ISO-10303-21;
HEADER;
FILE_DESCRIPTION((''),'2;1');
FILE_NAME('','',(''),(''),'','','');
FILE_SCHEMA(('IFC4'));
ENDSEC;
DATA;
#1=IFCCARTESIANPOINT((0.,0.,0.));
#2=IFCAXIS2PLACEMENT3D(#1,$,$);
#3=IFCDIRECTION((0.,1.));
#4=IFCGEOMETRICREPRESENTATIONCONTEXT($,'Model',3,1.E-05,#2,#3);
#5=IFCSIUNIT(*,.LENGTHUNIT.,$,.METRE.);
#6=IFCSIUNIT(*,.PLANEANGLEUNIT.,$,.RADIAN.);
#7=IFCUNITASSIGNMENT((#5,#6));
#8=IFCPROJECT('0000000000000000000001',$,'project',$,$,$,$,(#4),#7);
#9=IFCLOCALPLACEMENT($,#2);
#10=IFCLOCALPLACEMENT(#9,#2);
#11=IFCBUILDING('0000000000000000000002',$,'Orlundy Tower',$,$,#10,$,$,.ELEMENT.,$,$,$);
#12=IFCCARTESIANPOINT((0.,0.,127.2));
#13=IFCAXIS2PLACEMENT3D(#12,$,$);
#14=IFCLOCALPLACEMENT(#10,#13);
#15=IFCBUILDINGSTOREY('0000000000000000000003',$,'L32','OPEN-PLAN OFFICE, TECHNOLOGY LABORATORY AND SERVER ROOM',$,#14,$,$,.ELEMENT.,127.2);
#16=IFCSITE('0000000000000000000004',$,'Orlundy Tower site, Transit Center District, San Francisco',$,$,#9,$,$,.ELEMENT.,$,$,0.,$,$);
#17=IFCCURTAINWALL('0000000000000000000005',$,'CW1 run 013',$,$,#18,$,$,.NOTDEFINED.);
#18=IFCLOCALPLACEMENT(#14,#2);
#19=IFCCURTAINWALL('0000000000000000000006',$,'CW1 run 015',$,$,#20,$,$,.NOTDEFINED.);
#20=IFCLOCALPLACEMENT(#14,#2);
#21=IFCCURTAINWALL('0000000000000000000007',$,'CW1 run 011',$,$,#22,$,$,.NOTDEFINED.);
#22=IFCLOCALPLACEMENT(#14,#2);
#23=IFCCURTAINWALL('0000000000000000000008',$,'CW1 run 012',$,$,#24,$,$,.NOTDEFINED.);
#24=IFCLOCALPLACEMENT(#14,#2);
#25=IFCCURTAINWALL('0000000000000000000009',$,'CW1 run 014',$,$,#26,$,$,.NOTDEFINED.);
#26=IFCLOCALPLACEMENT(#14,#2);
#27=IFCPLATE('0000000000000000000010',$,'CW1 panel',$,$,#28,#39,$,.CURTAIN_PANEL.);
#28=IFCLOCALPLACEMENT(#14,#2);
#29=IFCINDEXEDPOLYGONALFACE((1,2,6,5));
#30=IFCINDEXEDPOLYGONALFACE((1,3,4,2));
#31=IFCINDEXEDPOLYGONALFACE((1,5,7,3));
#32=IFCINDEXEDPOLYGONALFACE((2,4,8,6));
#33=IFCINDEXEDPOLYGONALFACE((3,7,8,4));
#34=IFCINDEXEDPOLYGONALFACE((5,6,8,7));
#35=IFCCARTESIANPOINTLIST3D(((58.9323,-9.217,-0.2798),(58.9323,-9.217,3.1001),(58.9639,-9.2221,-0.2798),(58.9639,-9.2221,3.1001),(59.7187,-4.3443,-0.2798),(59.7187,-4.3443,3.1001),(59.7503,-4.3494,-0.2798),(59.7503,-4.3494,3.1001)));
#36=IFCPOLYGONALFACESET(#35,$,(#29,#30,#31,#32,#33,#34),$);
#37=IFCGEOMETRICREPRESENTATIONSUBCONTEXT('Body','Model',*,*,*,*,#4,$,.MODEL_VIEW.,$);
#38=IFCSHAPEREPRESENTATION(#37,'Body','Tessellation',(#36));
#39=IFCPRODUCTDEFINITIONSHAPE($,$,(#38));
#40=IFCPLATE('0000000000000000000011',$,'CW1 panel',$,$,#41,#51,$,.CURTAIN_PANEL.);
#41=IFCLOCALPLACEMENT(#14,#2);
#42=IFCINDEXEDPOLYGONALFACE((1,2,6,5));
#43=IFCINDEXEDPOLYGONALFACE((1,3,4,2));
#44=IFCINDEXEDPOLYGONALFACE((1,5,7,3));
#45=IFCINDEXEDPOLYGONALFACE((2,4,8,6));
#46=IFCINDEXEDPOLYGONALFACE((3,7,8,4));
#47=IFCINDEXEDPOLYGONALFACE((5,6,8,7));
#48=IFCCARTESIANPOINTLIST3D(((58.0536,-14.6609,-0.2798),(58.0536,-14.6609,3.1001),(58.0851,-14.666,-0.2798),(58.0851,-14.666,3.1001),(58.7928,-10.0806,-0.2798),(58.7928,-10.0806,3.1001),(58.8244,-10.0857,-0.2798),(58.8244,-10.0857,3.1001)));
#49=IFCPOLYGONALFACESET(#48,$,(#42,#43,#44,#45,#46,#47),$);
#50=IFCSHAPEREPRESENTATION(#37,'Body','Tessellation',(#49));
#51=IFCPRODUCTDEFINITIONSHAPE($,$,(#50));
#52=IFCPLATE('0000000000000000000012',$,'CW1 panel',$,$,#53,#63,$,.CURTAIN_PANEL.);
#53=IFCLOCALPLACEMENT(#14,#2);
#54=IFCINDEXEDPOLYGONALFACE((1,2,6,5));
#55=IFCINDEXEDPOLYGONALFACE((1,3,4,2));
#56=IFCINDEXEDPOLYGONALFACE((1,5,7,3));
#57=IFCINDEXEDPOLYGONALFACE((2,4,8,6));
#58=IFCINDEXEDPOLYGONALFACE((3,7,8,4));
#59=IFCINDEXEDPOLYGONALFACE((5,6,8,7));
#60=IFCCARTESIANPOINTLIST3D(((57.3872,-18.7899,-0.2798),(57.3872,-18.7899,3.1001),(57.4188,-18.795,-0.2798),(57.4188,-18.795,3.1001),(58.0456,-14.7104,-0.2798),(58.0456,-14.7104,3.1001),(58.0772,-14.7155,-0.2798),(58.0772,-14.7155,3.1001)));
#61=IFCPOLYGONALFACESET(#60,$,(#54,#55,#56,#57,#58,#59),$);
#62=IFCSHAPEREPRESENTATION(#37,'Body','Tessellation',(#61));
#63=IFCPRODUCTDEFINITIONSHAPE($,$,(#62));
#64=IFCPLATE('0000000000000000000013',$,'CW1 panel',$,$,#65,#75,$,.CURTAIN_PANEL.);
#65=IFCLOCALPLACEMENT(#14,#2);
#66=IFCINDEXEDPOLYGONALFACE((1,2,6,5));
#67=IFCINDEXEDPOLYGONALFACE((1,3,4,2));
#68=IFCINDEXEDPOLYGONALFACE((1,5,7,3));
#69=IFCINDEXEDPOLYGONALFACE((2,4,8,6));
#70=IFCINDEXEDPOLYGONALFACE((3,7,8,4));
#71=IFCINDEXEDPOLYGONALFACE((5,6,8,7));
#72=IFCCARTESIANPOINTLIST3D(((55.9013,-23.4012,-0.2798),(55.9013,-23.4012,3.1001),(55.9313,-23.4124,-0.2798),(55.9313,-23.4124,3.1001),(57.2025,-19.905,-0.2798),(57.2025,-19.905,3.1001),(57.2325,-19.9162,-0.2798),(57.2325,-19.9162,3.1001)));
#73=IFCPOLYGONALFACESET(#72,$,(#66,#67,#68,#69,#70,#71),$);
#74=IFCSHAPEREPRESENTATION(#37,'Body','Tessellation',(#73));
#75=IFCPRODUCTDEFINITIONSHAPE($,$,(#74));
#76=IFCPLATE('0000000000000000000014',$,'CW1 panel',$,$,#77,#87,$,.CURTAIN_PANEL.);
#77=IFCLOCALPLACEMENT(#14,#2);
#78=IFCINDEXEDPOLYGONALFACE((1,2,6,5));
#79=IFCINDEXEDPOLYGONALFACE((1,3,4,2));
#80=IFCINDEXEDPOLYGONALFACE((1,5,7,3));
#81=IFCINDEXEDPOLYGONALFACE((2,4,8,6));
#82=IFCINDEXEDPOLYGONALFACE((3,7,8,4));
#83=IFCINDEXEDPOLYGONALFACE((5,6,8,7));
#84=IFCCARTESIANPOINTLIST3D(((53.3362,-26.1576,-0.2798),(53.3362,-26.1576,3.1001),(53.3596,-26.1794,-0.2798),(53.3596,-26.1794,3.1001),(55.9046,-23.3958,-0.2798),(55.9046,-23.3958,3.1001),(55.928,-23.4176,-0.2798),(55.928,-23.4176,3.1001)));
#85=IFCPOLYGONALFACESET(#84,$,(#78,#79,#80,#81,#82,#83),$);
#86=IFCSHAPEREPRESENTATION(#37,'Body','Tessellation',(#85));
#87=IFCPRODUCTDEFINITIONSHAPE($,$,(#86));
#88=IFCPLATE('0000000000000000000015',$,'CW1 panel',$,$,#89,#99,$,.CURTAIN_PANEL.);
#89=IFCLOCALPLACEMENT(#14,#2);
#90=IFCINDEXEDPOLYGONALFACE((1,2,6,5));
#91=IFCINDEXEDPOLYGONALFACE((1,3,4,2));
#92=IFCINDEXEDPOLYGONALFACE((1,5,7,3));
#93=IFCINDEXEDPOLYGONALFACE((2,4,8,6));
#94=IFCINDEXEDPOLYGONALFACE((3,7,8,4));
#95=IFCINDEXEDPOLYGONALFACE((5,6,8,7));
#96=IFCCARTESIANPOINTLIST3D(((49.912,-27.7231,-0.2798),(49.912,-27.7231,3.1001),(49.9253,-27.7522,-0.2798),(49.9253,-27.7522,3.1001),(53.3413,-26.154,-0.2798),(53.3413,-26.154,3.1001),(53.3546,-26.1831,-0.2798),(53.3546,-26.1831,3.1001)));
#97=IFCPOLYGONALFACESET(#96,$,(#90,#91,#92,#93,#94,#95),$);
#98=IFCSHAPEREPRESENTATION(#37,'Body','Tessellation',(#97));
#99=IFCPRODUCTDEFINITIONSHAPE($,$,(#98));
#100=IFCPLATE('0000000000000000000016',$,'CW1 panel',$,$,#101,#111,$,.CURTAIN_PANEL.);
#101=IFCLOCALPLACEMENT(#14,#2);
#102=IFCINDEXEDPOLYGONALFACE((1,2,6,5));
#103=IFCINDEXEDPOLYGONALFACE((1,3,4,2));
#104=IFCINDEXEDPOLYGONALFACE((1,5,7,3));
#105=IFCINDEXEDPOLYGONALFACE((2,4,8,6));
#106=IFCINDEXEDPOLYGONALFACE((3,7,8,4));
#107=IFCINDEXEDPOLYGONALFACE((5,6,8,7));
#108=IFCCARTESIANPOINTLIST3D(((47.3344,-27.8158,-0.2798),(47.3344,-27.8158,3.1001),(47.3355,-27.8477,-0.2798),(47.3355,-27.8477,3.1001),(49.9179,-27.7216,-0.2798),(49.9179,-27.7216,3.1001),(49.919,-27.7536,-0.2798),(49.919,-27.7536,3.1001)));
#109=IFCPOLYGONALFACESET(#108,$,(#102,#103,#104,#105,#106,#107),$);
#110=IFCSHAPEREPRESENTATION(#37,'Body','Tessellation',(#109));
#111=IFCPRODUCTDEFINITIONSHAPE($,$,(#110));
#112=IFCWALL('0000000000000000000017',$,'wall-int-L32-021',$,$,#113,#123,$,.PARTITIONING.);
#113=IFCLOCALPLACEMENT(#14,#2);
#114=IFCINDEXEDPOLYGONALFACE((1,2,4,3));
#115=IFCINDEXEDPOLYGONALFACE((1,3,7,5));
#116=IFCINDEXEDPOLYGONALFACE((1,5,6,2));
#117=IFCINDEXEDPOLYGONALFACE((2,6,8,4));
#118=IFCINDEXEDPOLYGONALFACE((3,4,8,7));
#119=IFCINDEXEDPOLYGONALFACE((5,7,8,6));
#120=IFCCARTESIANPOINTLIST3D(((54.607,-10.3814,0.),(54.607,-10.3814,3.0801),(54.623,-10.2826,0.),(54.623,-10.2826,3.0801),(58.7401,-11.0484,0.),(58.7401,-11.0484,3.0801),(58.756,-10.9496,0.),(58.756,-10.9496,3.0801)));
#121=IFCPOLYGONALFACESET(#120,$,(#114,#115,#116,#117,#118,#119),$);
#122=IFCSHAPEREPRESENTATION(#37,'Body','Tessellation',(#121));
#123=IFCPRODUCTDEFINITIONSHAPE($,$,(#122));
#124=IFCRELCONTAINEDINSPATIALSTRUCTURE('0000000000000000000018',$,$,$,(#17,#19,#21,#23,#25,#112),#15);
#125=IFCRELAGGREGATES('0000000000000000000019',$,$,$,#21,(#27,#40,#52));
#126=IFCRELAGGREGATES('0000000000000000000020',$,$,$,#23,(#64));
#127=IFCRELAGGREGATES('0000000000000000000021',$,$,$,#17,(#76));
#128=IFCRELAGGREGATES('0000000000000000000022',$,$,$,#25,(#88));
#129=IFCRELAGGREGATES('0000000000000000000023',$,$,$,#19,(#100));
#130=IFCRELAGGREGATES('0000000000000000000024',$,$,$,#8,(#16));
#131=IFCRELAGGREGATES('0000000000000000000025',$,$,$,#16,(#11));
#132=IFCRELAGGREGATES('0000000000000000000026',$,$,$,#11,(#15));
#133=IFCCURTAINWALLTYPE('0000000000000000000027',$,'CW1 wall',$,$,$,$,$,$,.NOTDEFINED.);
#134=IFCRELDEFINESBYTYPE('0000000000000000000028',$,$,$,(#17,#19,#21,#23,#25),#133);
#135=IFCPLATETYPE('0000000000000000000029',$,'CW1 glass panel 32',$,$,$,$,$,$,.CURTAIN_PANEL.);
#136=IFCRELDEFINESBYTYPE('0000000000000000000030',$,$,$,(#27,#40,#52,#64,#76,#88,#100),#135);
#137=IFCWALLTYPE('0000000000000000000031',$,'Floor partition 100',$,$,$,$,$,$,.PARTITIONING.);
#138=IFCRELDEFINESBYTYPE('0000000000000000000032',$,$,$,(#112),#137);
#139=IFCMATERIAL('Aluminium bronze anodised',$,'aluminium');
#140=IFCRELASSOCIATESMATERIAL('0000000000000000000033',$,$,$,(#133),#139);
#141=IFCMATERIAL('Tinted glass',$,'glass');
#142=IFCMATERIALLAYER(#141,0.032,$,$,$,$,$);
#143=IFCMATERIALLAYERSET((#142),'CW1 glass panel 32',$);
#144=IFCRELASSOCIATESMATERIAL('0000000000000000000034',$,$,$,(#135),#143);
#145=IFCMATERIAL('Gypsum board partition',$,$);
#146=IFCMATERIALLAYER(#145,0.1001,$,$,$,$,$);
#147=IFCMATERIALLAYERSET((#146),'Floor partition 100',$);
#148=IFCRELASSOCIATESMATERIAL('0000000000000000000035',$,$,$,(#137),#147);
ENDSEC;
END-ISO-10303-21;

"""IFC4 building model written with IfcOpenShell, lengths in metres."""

from ifc_helpers import new_model, si_unit, direction, frame, frame_2d, origin, origin_2d, place, context, subcontext, project, spatial, rectangle, extrude, material, layer, layer_set, type_object, element, aggregate, save


model = new_model("IFC4")

# Units and contexts
model_context = context("Model", 3, precision=1e-05, world=origin(), true_north=direction((0.0, 1.0)))
body_context = subcontext(model_context, "Body", "Model", "MODEL_VIEW")
ifc_project = project(units=[si_unit("LENGTHUNIT", "METRE"), si_unit("PLANEANGLEUNIT", "RADIAN")], contexts=[model_context])

# Site, building, storey
site_placement = place(None, origin())
site = spatial("IfcSite", under=ifc_project, at=site_placement, Name="Orlundy Tower site, Transit Center District, San Francisco", CompositionType="ELEMENT", RefElevation=0.0)
building_placement = place(site_placement, origin())
building = spatial("IfcBuilding", under=site, at=building_placement, Name="Orlundy Tower", CompositionType="ELEMENT")
storey_placement = place(building_placement, frame((0.0, 0.0, 127.2)))
storey = spatial("IfcBuildingStorey", under=building, at=storey_placement, Name="L32", Description="OPEN-PLAN OFFICE, TECHNOLOGY LABORATORY AND SERVER ROOM", CompositionType="ELEMENT", Elevation=127.2)

# Curtain walls
ifc_material_1 = material(Name="Aluminium bronze anodised", Category="aluminium")
curtain_wall_type = type_object("IfcCurtainWallType", Name="CW1 wall", PredefinedType="NOTDEFINED", material=ifc_material_1)
curtain_wall_1_placement = place(storey_placement, origin())
curtain_wall_1 = element("IfcCurtainWall", 1, at=curtain_wall_1_placement, inside=storey, type_object=curtain_wall_type, Name="CW1 run 013", PredefinedType="NOTDEFINED")
curtain_wall_2_placement = place(storey_placement, origin())
curtain_wall_2 = element("IfcCurtainWall", 2, at=curtain_wall_2_placement, inside=storey, type_object=curtain_wall_type, Name="CW1 run 015", PredefinedType="NOTDEFINED")
curtain_wall_3_placement = place(storey_placement, origin())
curtain_wall_3 = element("IfcCurtainWall", 3, at=curtain_wall_3_placement, inside=storey, type_object=curtain_wall_type, Name="CW1 run 011", PredefinedType="NOTDEFINED")
curtain_wall_4_placement = place(storey_placement, origin())
curtain_wall_4 = element("IfcCurtainWall", 4, at=curtain_wall_4_placement, inside=storey, type_object=curtain_wall_type, Name="CW1 run 012", PredefinedType="NOTDEFINED")

# Curtain wall
curtain_wall_5_placement = place(storey_placement, origin())
curtain_wall_5 = element("IfcCurtainWall", 5, at=curtain_wall_5_placement, inside=storey, type_object=curtain_wall_type, Name="CW1 run 014", PredefinedType="NOTDEFINED")

# Plates
ifc_material_2 = material(Name="Tinted glass", Category="glass")
ifc_layer_1 = layer(ifc_material_2, 0.032)
ifc_layer_set_1 = layer_set([ifc_layer_1], Name="CW1 glass panel 32")
plate_type = type_object("IfcPlateType", Name="CW1 glass panel 32", PredefinedType="CURTAIN_PANEL", material=ifc_layer_set_1)
plate_1_placement = place(storey_placement, frame((59.3413, -6.7832, -0.2798), z_axis=(0.0, 0.0, 1.0), x_axis=(-0.159331, -0.987225, 0.0)))
plate_1 = element("IfcPlate", 6, at=plate_1_placement, type_object=plate_type, Name="CW1 panel", PredefinedType="CURTAIN_PANEL", context=body_context, shape_type="SweptSolid", body=[
    extrude(rectangle(XDim=4.9358, YDim=0.032, at=origin_2d()), origin(), (0.0, 0.0, 1.0), 3.3799),
])
plate_2_placement = place(storey_placement, frame((58.439, -12.3733, -0.2798), z_axis=(0.0, 0.0, 1.0), x_axis=(-0.159331, -0.987225, 0.0)))
plate_2 = element("IfcPlate", 7, at=plate_2_placement, type_object=plate_type, Name="CW1 panel", PredefinedType="CURTAIN_PANEL", context=body_context, shape_type="SweptSolid", body=[
    extrude(rectangle(XDim=4.6396, YDim=0.032, at=origin_2d()), origin(), (0.0, 0.0, 1.0), 3.3799),
])
plate_3_placement = place(storey_placement, frame((57.7322, -16.7527, -0.2798), z_axis=(0.0, 0.0, 1.0), x_axis=(-0.159331, -0.987225, 0.0)))
plate_3 = element("IfcPlate", 8, at=plate_3_placement, type_object=plate_type, Name="CW1 panel", PredefinedType="CURTAIN_PANEL", context=body_context, shape_type="SweptSolid", body=[
    extrude(rectangle(XDim=4.1323, YDim=0.032, at=origin_2d()), origin(), (0.0, 0.0, 1.0), 3.3799),
])
aggregate(curtain_wall_3, [plate_1, plate_2, plate_3])
plate_4_placement = place(storey_placement, frame((56.5669, -21.6587, -0.2798), z_axis=(0.0, 0.0, 1.0), x_axis=(-0.348816, -0.937191, 0.0)))
plate_4 = element("IfcPlate", 9, at=plate_4_placement, type_object=plate_type, Name="CW1 panel", PredefinedType="CURTAIN_PANEL", context=body_context, shape_type="SweptSolid", body=[
    extrude(rectangle(XDim=3.7305, YDim=0.032, at=origin_2d()), origin(), (0.0, 0.0, 1.0), 3.3799),
])
aggregate(curtain_wall_4, [plate_4])
plate_5_placement = place(storey_placement, frame((54.6321, -24.7876, -0.2798), z_axis=(0.0, 0.0, 1.0), x_axis=(-0.68101, -0.732274, 0.0)))
plate_5 = element("IfcPlate", 10, at=plate_5_placement, type_object=plate_type, Name="CW1 panel", PredefinedType="CURTAIN_PANEL", context=body_context, shape_type="SweptSolid", body=[
    extrude(rectangle(XDim=3.7715, YDim=0.032, at=origin_2d()), origin(), (0.0, 0.0, 1.0), 3.3799),
])
aggregate(curtain_wall_1, [plate_5])
plate_6_placement = place(storey_placement, frame((51.6333, -26.9531, -0.2798), z_axis=(0.0, 0.0, 1.0), x_axis=(-0.909329, -0.416079, 0.0)))
plate_6 = element("IfcPlate", 11, at=plate_6_placement, type_object=plate_type, Name="CW1 panel", PredefinedType="CURTAIN_PANEL", context=body_context, shape_type="SweptSolid", body=[
    extrude(rectangle(XDim=3.7712, YDim=0.032, at=origin_2d()), origin(), (0.0, 0.0, 1.0), 3.3799),
])
aggregate(curtain_wall_5, [plate_6])
plate_7_placement = place(storey_placement, frame((48.6267, -27.7847, -0.2798), z_axis=(0.0, 0.0, 1.0), x_axis=(-0.999337, -0.036413, 0.0)))
plate_7 = element("IfcPlate", 12, at=plate_7_placement, type_object=plate_type, Name="CW1 panel", PredefinedType="CURTAIN_PANEL", context=body_context, shape_type="SweptSolid", body=[
    extrude(rectangle(XDim=2.5852, YDim=0.032, at=origin_2d()), origin(), (0.0, 0.0, 1.0), 3.3799),
])
aggregate(curtain_wall_2, [plate_7])

# Wall
ifc_material_3 = material(Name="Gypsum board partition")
ifc_layer_2 = layer(ifc_material_3, 0.1001)
ifc_layer_set_2 = layer_set([ifc_layer_2], Name="Floor partition 100")
wall_type_1 = type_object("IfcWallType", Name="Floor partition 100", PredefinedType="PARTITIONING", material=ifc_layer_set_2)
wall_1_placement = place(storey_placement, frame((54.615, -10.332, 0.0), z_axis=(0.0, 0.0, 1.0), x_axis=(0.987227, -0.159319, 0.0)))
element("IfcWall", 13, at=wall_1_placement, inside=storey, type_object=wall_type_1, Name="wall-int-L32-021", PredefinedType="PARTITIONING", context=body_context, shape_type="SweptSolid", body=[
    extrude(rectangle(XDim=4.1865, YDim=0.1001, at=frame_2d((2.0933, 0.0))), origin(), (0.0, 0.0, 1.0), 3.0801),
])

save(model, "model.ifc")
